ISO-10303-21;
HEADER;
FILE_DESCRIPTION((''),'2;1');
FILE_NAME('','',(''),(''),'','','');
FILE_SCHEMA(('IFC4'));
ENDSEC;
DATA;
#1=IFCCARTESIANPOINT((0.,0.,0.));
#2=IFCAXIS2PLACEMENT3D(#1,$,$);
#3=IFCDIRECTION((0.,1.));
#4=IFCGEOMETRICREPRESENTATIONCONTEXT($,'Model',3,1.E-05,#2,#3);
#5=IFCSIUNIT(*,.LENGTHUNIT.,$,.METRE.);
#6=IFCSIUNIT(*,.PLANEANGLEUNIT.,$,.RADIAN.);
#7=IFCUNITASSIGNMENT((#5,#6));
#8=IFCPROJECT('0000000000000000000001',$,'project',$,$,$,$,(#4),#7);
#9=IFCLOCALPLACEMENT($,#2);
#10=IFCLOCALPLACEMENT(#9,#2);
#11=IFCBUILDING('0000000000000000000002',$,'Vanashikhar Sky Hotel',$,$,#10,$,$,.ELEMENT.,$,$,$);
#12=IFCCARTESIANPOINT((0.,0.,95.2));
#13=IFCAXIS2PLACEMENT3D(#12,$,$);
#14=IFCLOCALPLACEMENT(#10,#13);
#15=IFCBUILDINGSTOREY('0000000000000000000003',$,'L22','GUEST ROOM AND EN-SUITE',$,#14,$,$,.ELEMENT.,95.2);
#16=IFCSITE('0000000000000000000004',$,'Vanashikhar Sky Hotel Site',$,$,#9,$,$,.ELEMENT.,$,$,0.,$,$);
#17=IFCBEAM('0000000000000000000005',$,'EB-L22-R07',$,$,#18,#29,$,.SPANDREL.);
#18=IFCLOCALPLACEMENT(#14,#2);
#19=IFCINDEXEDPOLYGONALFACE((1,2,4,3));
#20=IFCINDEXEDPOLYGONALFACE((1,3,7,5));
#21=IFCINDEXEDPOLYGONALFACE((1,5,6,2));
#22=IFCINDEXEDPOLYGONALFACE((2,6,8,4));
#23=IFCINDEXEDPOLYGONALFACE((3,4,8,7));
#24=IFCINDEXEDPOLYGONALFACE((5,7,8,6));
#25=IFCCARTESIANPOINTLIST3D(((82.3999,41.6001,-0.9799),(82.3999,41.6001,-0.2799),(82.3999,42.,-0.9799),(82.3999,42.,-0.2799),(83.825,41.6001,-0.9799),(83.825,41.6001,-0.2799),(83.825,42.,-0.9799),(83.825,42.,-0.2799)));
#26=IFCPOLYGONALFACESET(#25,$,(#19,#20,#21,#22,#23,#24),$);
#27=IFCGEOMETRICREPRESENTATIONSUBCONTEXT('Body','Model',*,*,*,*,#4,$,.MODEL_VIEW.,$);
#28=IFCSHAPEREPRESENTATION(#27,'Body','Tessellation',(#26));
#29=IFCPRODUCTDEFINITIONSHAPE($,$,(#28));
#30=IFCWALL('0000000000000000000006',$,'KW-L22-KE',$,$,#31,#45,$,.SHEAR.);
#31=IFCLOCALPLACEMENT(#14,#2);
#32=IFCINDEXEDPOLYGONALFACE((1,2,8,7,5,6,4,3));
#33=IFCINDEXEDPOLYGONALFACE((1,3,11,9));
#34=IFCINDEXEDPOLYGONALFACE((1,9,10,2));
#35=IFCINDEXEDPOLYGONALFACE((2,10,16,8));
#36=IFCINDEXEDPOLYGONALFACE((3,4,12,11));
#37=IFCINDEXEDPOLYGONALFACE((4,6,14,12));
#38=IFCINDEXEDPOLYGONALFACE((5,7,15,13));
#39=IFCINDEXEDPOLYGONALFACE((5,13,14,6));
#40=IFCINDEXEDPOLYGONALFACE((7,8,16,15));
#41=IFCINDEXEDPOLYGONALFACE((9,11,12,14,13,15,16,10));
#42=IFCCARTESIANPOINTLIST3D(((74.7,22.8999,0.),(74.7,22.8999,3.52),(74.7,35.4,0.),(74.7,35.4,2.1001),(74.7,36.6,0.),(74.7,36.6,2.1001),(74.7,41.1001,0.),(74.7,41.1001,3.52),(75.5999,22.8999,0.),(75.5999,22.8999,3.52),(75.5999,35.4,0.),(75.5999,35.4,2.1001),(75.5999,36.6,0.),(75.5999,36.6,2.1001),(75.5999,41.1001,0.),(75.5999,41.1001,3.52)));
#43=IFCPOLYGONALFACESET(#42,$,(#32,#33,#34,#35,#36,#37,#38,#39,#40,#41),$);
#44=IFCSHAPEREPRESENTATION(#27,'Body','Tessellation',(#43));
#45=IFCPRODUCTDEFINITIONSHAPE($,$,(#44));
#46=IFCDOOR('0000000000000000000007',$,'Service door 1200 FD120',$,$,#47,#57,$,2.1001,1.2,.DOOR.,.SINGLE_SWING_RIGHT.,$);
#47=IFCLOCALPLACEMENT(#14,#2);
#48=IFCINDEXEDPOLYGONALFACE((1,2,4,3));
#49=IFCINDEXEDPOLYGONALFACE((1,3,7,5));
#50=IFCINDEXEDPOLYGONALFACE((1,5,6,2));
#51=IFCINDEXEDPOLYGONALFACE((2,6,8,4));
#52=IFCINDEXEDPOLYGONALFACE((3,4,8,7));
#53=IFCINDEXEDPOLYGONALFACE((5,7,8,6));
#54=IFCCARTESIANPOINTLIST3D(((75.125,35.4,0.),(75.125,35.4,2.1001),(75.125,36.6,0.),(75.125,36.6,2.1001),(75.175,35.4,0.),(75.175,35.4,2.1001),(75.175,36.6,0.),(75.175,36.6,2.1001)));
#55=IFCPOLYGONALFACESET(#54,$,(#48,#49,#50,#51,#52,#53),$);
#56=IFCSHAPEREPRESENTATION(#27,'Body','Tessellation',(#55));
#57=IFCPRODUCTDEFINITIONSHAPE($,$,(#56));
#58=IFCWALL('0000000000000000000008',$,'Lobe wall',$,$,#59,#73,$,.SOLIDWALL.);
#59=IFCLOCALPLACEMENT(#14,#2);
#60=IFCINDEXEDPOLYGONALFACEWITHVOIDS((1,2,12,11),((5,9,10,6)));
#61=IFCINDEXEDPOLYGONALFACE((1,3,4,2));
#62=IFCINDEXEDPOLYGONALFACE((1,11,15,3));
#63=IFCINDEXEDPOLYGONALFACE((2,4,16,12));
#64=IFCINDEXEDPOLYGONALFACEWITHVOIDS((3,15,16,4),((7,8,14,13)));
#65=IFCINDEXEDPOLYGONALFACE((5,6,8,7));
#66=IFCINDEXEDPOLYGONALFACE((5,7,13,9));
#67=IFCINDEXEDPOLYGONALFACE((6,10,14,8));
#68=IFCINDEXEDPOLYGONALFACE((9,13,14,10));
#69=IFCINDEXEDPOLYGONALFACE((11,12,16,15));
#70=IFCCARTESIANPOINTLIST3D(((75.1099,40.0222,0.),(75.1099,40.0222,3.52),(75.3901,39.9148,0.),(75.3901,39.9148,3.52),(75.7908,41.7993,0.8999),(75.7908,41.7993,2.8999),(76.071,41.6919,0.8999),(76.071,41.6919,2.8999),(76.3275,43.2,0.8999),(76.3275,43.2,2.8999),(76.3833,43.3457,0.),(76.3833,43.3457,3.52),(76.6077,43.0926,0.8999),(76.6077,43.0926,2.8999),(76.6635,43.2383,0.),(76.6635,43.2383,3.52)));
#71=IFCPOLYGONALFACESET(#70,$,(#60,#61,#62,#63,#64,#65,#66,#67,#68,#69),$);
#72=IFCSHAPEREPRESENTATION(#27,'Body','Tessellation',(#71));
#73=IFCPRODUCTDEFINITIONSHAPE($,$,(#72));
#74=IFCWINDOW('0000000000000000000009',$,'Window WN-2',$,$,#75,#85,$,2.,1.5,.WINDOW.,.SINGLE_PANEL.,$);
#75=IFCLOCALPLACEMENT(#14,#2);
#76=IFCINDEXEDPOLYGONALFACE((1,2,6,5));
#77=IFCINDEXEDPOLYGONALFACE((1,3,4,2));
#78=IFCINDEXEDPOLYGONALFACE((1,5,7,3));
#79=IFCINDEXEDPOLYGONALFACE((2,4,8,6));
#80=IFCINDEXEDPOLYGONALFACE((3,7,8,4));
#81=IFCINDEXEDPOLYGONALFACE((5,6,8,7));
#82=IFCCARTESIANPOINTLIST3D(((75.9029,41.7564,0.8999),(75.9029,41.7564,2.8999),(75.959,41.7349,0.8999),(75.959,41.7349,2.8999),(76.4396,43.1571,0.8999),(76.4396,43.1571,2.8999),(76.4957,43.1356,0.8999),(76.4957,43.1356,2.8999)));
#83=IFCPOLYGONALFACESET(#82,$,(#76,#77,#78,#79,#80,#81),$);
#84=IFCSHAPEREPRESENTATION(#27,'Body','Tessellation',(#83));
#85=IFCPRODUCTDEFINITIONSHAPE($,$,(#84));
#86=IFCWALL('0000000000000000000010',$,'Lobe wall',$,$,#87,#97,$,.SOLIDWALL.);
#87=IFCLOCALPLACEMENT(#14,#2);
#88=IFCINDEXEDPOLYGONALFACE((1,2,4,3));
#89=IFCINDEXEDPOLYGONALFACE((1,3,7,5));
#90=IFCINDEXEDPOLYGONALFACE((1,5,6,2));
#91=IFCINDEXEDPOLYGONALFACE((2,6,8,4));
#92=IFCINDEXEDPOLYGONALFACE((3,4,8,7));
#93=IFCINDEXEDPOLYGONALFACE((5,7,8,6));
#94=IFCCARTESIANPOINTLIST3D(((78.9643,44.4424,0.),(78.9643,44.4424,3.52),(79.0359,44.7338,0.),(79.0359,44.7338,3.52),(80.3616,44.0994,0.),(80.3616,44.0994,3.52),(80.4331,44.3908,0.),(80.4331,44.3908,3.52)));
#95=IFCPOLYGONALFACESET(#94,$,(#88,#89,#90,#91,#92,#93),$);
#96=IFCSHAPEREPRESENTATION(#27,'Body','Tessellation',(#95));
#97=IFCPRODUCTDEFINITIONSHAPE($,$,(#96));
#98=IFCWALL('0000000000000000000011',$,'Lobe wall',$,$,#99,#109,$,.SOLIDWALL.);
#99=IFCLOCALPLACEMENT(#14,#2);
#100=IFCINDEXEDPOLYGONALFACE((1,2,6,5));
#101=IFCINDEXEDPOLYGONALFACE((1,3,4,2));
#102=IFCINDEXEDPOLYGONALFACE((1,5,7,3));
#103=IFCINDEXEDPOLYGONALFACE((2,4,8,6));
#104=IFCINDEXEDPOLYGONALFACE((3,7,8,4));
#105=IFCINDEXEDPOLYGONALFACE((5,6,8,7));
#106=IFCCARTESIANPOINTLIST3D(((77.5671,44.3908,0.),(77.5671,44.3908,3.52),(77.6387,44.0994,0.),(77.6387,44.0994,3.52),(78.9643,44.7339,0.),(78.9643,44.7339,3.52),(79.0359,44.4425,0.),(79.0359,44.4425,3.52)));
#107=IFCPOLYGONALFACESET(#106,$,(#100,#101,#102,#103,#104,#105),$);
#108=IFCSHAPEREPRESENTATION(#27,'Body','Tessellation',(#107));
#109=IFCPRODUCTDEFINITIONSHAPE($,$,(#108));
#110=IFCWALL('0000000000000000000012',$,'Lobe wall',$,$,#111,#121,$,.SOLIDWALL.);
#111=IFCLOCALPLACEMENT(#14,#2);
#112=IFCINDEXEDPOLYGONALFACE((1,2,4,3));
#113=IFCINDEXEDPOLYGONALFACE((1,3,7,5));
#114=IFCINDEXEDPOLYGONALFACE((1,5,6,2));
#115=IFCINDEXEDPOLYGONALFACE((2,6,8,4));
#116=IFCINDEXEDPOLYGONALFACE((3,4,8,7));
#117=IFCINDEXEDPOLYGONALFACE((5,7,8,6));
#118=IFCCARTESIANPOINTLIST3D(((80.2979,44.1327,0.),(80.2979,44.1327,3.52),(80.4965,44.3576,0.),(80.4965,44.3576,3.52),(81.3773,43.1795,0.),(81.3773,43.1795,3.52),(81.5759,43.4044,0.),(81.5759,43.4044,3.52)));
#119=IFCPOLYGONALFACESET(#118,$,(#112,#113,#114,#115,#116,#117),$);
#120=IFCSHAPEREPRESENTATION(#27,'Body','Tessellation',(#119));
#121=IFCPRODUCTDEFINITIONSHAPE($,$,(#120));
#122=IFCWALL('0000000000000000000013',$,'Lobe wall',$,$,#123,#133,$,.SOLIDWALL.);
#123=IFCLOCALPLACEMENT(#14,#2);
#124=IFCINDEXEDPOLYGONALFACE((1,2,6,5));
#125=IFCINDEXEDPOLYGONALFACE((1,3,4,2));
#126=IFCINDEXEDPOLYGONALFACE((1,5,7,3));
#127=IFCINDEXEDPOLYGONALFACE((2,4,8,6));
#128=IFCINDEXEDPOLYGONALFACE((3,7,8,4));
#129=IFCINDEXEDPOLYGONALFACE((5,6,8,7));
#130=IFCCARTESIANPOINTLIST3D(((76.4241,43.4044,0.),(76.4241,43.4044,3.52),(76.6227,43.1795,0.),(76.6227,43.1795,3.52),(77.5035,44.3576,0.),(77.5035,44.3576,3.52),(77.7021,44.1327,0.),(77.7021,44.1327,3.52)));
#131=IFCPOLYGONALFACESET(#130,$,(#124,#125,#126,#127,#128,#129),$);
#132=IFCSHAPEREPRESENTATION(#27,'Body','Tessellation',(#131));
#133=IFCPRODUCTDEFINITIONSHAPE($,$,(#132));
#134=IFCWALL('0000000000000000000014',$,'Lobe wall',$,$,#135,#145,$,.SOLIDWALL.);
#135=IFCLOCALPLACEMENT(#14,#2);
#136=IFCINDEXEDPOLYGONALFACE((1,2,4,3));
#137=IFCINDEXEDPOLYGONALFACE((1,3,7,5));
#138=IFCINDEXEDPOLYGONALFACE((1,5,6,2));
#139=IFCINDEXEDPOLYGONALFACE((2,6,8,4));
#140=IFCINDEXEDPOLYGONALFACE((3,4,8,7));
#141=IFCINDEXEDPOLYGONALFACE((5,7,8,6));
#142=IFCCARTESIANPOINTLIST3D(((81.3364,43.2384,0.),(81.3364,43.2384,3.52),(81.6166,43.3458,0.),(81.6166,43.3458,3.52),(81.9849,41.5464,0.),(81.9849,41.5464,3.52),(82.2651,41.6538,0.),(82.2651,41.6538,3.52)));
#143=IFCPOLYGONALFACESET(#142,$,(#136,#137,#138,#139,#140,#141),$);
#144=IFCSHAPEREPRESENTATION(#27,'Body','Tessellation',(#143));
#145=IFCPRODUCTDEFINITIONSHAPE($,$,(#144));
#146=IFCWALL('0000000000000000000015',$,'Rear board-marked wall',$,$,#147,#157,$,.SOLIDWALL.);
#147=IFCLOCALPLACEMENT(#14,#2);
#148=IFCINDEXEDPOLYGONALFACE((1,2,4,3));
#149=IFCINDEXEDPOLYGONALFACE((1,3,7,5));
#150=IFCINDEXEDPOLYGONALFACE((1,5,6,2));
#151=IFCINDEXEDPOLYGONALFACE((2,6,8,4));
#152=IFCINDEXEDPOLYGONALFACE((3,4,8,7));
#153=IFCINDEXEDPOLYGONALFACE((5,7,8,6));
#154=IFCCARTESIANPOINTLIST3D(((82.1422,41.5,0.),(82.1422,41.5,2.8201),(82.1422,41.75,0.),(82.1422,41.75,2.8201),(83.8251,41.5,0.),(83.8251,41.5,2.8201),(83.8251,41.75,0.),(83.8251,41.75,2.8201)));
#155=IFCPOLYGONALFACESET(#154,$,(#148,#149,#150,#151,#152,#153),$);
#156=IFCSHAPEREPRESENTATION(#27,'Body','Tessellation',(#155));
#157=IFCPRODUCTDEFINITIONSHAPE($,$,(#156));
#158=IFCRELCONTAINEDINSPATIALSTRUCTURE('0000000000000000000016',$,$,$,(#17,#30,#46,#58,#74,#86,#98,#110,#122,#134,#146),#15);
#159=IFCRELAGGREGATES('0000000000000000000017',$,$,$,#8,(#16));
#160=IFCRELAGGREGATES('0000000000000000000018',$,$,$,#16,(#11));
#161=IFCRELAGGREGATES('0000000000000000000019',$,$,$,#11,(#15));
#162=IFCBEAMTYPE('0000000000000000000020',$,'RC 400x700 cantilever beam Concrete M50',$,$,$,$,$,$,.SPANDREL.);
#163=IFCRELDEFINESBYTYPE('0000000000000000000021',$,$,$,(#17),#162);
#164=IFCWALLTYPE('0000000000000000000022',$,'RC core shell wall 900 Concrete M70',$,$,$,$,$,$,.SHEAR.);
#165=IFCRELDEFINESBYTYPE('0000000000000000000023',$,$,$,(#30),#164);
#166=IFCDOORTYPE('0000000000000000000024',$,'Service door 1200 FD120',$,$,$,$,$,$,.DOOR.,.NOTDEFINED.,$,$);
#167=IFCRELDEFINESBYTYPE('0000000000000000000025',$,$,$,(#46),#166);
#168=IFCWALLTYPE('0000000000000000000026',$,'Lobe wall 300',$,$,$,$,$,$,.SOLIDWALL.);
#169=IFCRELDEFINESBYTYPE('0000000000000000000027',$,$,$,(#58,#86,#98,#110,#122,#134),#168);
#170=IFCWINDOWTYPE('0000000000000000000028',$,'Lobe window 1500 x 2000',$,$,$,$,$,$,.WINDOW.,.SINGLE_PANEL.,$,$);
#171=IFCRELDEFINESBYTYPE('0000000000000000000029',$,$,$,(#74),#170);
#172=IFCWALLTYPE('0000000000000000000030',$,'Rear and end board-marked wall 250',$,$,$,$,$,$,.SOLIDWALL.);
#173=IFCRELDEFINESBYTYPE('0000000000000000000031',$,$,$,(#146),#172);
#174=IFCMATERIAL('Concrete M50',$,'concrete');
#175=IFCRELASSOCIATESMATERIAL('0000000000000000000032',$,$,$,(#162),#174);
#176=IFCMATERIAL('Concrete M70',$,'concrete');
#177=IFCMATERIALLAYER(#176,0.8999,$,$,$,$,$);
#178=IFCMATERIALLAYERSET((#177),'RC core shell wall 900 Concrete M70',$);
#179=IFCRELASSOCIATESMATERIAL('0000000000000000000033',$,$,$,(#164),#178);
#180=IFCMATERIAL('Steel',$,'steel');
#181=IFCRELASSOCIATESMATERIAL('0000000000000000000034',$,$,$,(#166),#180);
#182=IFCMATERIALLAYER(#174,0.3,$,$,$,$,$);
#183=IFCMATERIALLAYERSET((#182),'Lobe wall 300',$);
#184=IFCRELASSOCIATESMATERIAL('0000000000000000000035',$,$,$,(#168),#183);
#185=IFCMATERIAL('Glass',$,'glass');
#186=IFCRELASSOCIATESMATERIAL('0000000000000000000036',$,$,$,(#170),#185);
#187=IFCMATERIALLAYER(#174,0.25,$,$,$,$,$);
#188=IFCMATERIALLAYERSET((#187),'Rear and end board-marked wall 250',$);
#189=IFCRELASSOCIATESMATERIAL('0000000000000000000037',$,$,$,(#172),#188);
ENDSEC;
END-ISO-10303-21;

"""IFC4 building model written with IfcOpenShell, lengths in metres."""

from ifc_helpers import new_model, si_unit, direction, frame, frame_2d, origin, origin_2d, place, context, subcontext, project, spatial, rectangle, extrude, source, transform, mapped, material, layer, layer_set, material_profile, profile_set, type_object, element, fill, save


model = new_model("IFC4")

# Units and contexts
model_context = context("Model", 3, precision=1e-05, world=origin(), true_north=direction((0.0, 1.0)))
body_context = subcontext(model_context, "Body", "Model", "MODEL_VIEW")
ifc_project = project(units=[si_unit("LENGTHUNIT", "METRE"), si_unit("PLANEANGLEUNIT", "RADIAN")], contexts=[model_context])

# Site, building, storey
site_placement = place(None, origin())
site = spatial("IfcSite", under=ifc_project, at=site_placement, Name="Vanashikhar Sky Hotel Site", CompositionType="ELEMENT", RefElevation=0.0)
building_placement = place(site_placement, origin())
building = spatial("IfcBuilding", under=site, at=building_placement, Name="Vanashikhar Sky Hotel", CompositionType="ELEMENT")
storey_placement = place(building_placement, frame((0.0, 0.0, 95.2)))
storey = spatial("IfcBuildingStorey", under=building, at=storey_placement, Name="L22", Description="GUEST ROOM AND EN-SUITE", CompositionType="ELEMENT", Elevation=95.2)

# Beam
ifc_material_1 = material(Name="Concrete M50", Category="concrete")
ifc_material_profile_1 = material_profile(ifc_material_1, rectangle(XDim=0.3999, YDim=0.7, at=origin_2d()))
ifc_profile_set_1 = profile_set([ifc_material_profile_1], Name="RC 400x700 cantilever beam Concrete M50")
beam_type = type_object("IfcBeamType", Name="RC 400x700 cantilever beam Concrete M50", PredefinedType="SPANDREL", material=ifc_profile_set_1)
shared_shape_1 = source(origin(), body_context, "Body", "SweptSolid", [
    extrude(rectangle(XDim=0.3999, YDim=0.7, at=origin_2d()), origin(), (0.0, 0.0, 1.0), 1.425),
])
beam_placement = place(storey_placement, frame((82.3999, 41.8, -0.6299), z_axis=(1.0, 0.0, 0.0), x_axis=(0.0, 1.0, 0.0)))
element("IfcBeam", 1, at=beam_placement, inside=storey, type_object=beam_type, Name="EB-L22-R07", PredefinedType="SPANDREL", context=body_context, shape_type="MappedRepresentation", body=[
    mapped(shared_shape_1, transform((0.0, 0.0, 0.0), scale=1.0)),
])

# Wall, opening, door
ifc_material_2 = material(Name="Concrete M70", Category="concrete")
ifc_layer_1 = layer(ifc_material_2, 0.8999)
ifc_layer_set_1 = layer_set([ifc_layer_1], Name="RC core shell wall 900 Concrete M70")
wall_type_1 = type_object("IfcWallType", Name="RC core shell wall 900 Concrete M70", PredefinedType="SHEAR", material=ifc_layer_set_1)
shared_shape_2 = source(origin(), body_context, "Body", "SweptSolid", [
    extrude(rectangle(XDim=18.2002, YDim=0.8999, at=frame_2d((9.1001, 0.0))), origin(), (0.0, 0.0, 1.0), 3.52),
])
wall_1_placement = place(storey_placement, frame((75.1499, 22.8999, 0.0), z_axis=(0.0, 0.0, 1.0), x_axis=(0.0, 1.0, 0.0)))
wall_1 = element("IfcWall", 2, at=wall_1_placement, inside=storey, type_object=wall_type_1, Name="KW-L22-KE", PredefinedType="SHEAR", context=body_context, shape_type="MappedRepresentation", body=[
    mapped(shared_shape_2, transform((0.0, 0.0, 0.0), scale=1.0)),
])
shared_shape_3 = source(origin(), body_context, "Body", "SweptSolid", [
    extrude(rectangle(XDim=1.2, YDim=2.1001, at=frame_2d((0.6001, 1.05))), frame((0.0, 0.46, 0.0), z_axis=(0.0, -1.0, 0.0), x_axis=(1.0, 0.0, 0.0)), (0.0, 0.0, 1.0), 0.9199),
])
opening_1_placement = place(wall_1_placement, frame((12.5, 0.0, 0.0)))
opening_1 = element("IfcOpeningElement", 3, at=opening_1_placement, cuts=wall_1, PredefinedType="OPENING", context=body_context, shape_type="MappedRepresentation", body=[
    mapped(shared_shape_3, transform((0.0, 0.0, 0.0), scale=1.0)),
])
ifc_material_3 = material(Name="Steel", Category="steel")
door_type_1 = type_object("IfcDoorType", Name="Service door 1200 FD120", OperationType="NOTDEFINED", PredefinedType="DOOR", material=ifc_material_3)
shared_shape_4 = source(origin(), body_context, "Body", "SweptSolid", [
    extrude(rectangle(XDim=1.2, YDim=2.1001, at=frame_2d((0.6001, 1.05))), frame((0.0, 0.0249, 0.0), z_axis=(0.0, -1.0, 0.0), x_axis=(1.0, 0.0, 0.0)), (0.0, 0.0, 1.0), 0.05),
])
door_1_placement = place(opening_1_placement, origin())
door_1 = element("IfcDoor", 4, at=door_1_placement, inside=storey, type_object=door_type_1, Name="Service door 1200 FD120", OperationType="SINGLE_SWING_RIGHT", OverallHeight=2.1001, OverallWidth=1.2, PredefinedType="DOOR", context=body_context, shape_type="MappedRepresentation", body=[
    mapped(shared_shape_4, transform((0.0, 0.0, 0.0), scale=1.0)),
])
fill(opening_1, door_1)

# Wall, opening, window
ifc_layer_2 = layer(ifc_material_1, 0.3)
ifc_layer_set_2 = layer_set([ifc_layer_2], Name="Lobe wall 300")
wall_type_2 = type_object("IfcWallType", Name="Lobe wall 300", PredefinedType="SOLIDWALL", material=ifc_layer_set_2)
shared_shape_5 = source(origin(), body_context, "Body", "SweptSolid", [
    extrude(rectangle(XDim=3.5591, YDim=0.3, at=frame_2d((1.7795, 0.0))), origin(), (0.0, 0.0, 1.0), 3.52),
])
wall_2_placement = place(storey_placement, frame((76.5234, 43.292, 0.0), z_axis=(0.0, 0.0, 1.0), x_axis=(-0.357797, -0.933799, 0.0)))
wall_2 = element("IfcWall", 5, at=wall_2_placement, inside=storey, type_object=wall_type_2, Name="Lobe wall", PredefinedType="SOLIDWALL", context=body_context, shape_type="MappedRepresentation", body=[
    mapped(shared_shape_5, transform((0.0, 0.0, 0.0), scale=1.0)),
])
shared_shape_6 = source(origin(), body_context, "Body", "SweptSolid", [
    extrude(rectangle(XDim=1.5, YDim=2.0, at=frame_2d((0.75, 1.0))), frame((0.0, 0.1602, 0.0), z_axis=(0.0, -1.0, 0.0), x_axis=(1.0, 0.0, 0.0)), (0.0, 0.0, 1.0), 0.3201),
])
opening_2_placement = place(wall_2_placement, frame((0.156, 0.0, 0.8999)))
opening_2 = element("IfcOpeningElement", 6, at=opening_2_placement, cuts=wall_2, PredefinedType="OPENING", context=body_context, shape_type="MappedRepresentation", body=[
    mapped(shared_shape_6, transform((0.0, 0.0, 0.0), scale=1.0)),
])
ifc_material_4 = material(Name="Glass", Category="glass")
window_type = type_object("IfcWindowType", Name="Lobe window 1500 x 2000", PartitioningType="SINGLE_PANEL", PredefinedType="WINDOW", material=ifc_material_4)
shared_shape_7 = source(origin(), body_context, "Body", "SweptSolid", [
    extrude(rectangle(XDim=1.5, YDim=2.0, at=frame_2d((0.75, 1.0))), frame((0.0, 0.03, 0.0), z_axis=(0.0, -1.0, 0.0), x_axis=(1.0, 0.0, 0.0)), (0.0, 0.0, 1.0), 0.0601),
])
window_placement = place(opening_2_placement, origin())
window = element("IfcWindow", 7, at=window_placement, inside=storey, type_object=window_type, Name="Window WN-2", OverallHeight=2.0, OverallWidth=1.5, PartitioningType="SINGLE_PANEL", PredefinedType="WINDOW", context=body_context, shape_type="MappedRepresentation", body=[
    mapped(shared_shape_7, transform((0.0, 0.0, 0.0), scale=1.0)),
])
fill(opening_2, window)

# Walls
shared_shape_8 = source(origin(), body_context, "Body", "SweptSolid", [
    extrude(rectangle(XDim=1.4387, YDim=0.3, at=frame_2d((0.7192, 0.0))), origin(), (0.0, 0.0, 1.0), 3.52),
])
for number, where, z_axis, x_axis, name in (
    (8, (80.3972, 44.2451, 0.0), (0.0, 0.0, 1.0), (-0.971162, 0.238421, 0.0), "Lobe wall"),
    (9, (79.0, 44.5881, 0.0), (0.0, 0.0, 1.0), (-0.971162, -0.238421, 0.0), "Lobe wall"),
):
    element("IfcWall", number, at=place(storey_placement, frame(where, z_axis=z_axis, x_axis=x_axis)), inside=storey, type_object=wall_type_2, Name=name, PredefinedType="SOLIDWALL", context=body_context, shape_type="MappedRepresentation", body=[
        mapped(shared_shape_8, transform((0.0, 0.0, 0.0), scale=1.0)),
    ])
shared_shape_9 = source(origin(), body_context, "Body", "SweptSolid", [
    extrude(rectangle(XDim=1.4399, YDim=0.3, at=frame_2d((0.72, 0.0))), origin(), (0.0, 0.0, 1.0), 3.52),
])
for number, where, z_axis, x_axis, name in (
    (10, (81.4766, 43.292, 0.0), (0.0, 0.0, 1.0), (-0.749576, 0.661919, 0.0), "Lobe wall"),
    (11, (77.6028, 44.2451, 0.0), (0.0, 0.0, 1.0), (-0.749576, -0.661919, 0.0), "Lobe wall"),
):
    element("IfcWall", number, at=place(storey_placement, frame(where, z_axis=z_axis, x_axis=x_axis)), inside=storey, type_object=wall_type_2, Name=name, PredefinedType="SOLIDWALL", context=body_context, shape_type="MappedRepresentation", body=[
        mapped(shared_shape_9, transform((0.0, 0.0, 0.0), scale=1.0)),
    ])
shared_shape_10 = source(origin(), body_context, "Body", "SweptSolid", [
    extrude(rectangle(XDim=1.812, YDim=0.3, at=frame_2d((0.906, 0.0))), origin(), (0.0, 0.0, 1.0), 3.52),
])
wall_3_placement = place(storey_placement, frame((82.125, 41.6001, 0.0), z_axis=(0.0, 0.0, 1.0), x_axis=(-0.357877, 0.933769, 0.0)))
element("IfcWall", 12, at=wall_3_placement, inside=storey, type_object=wall_type_2, Name="Lobe wall", PredefinedType="SOLIDWALL", context=body_context, shape_type="MappedRepresentation", body=[
    mapped(shared_shape_10, transform((0.0, 0.0, 0.0), scale=1.0)),
])
ifc_layer_3 = layer(ifc_material_1, 0.25)
ifc_layer_set_3 = layer_set([ifc_layer_3], Name="Rear and end board-marked wall 250")
wall_type_3 = type_object("IfcWallType", Name="Rear and end board-marked wall 250", PredefinedType="SOLIDWALL", material=ifc_layer_set_3)
shared_shape_11 = source(origin(), body_context, "Body", "SweptSolid", [
    extrude(rectangle(XDim=1.6829, YDim=0.25, at=frame_2d((0.8413, 0.0))), origin(), (0.0, 0.0, 1.0), 2.8201),
])
wall_4_placement = place(storey_placement, frame((83.825, 41.625, 0.0), z_axis=(0.0, 0.0, 1.0), x_axis=(-1.0, 0.0, 0.0)))
element("IfcWall", 13, at=wall_4_placement, inside=storey, type_object=wall_type_3, Name="Rear board-marked wall", PredefinedType="SOLIDWALL", context=body_context, shape_type="MappedRepresentation", body=[
    mapped(shared_shape_11, transform((0.0, 0.0, 0.0), scale=1.0)),
])

save(model, "model.ifc")
